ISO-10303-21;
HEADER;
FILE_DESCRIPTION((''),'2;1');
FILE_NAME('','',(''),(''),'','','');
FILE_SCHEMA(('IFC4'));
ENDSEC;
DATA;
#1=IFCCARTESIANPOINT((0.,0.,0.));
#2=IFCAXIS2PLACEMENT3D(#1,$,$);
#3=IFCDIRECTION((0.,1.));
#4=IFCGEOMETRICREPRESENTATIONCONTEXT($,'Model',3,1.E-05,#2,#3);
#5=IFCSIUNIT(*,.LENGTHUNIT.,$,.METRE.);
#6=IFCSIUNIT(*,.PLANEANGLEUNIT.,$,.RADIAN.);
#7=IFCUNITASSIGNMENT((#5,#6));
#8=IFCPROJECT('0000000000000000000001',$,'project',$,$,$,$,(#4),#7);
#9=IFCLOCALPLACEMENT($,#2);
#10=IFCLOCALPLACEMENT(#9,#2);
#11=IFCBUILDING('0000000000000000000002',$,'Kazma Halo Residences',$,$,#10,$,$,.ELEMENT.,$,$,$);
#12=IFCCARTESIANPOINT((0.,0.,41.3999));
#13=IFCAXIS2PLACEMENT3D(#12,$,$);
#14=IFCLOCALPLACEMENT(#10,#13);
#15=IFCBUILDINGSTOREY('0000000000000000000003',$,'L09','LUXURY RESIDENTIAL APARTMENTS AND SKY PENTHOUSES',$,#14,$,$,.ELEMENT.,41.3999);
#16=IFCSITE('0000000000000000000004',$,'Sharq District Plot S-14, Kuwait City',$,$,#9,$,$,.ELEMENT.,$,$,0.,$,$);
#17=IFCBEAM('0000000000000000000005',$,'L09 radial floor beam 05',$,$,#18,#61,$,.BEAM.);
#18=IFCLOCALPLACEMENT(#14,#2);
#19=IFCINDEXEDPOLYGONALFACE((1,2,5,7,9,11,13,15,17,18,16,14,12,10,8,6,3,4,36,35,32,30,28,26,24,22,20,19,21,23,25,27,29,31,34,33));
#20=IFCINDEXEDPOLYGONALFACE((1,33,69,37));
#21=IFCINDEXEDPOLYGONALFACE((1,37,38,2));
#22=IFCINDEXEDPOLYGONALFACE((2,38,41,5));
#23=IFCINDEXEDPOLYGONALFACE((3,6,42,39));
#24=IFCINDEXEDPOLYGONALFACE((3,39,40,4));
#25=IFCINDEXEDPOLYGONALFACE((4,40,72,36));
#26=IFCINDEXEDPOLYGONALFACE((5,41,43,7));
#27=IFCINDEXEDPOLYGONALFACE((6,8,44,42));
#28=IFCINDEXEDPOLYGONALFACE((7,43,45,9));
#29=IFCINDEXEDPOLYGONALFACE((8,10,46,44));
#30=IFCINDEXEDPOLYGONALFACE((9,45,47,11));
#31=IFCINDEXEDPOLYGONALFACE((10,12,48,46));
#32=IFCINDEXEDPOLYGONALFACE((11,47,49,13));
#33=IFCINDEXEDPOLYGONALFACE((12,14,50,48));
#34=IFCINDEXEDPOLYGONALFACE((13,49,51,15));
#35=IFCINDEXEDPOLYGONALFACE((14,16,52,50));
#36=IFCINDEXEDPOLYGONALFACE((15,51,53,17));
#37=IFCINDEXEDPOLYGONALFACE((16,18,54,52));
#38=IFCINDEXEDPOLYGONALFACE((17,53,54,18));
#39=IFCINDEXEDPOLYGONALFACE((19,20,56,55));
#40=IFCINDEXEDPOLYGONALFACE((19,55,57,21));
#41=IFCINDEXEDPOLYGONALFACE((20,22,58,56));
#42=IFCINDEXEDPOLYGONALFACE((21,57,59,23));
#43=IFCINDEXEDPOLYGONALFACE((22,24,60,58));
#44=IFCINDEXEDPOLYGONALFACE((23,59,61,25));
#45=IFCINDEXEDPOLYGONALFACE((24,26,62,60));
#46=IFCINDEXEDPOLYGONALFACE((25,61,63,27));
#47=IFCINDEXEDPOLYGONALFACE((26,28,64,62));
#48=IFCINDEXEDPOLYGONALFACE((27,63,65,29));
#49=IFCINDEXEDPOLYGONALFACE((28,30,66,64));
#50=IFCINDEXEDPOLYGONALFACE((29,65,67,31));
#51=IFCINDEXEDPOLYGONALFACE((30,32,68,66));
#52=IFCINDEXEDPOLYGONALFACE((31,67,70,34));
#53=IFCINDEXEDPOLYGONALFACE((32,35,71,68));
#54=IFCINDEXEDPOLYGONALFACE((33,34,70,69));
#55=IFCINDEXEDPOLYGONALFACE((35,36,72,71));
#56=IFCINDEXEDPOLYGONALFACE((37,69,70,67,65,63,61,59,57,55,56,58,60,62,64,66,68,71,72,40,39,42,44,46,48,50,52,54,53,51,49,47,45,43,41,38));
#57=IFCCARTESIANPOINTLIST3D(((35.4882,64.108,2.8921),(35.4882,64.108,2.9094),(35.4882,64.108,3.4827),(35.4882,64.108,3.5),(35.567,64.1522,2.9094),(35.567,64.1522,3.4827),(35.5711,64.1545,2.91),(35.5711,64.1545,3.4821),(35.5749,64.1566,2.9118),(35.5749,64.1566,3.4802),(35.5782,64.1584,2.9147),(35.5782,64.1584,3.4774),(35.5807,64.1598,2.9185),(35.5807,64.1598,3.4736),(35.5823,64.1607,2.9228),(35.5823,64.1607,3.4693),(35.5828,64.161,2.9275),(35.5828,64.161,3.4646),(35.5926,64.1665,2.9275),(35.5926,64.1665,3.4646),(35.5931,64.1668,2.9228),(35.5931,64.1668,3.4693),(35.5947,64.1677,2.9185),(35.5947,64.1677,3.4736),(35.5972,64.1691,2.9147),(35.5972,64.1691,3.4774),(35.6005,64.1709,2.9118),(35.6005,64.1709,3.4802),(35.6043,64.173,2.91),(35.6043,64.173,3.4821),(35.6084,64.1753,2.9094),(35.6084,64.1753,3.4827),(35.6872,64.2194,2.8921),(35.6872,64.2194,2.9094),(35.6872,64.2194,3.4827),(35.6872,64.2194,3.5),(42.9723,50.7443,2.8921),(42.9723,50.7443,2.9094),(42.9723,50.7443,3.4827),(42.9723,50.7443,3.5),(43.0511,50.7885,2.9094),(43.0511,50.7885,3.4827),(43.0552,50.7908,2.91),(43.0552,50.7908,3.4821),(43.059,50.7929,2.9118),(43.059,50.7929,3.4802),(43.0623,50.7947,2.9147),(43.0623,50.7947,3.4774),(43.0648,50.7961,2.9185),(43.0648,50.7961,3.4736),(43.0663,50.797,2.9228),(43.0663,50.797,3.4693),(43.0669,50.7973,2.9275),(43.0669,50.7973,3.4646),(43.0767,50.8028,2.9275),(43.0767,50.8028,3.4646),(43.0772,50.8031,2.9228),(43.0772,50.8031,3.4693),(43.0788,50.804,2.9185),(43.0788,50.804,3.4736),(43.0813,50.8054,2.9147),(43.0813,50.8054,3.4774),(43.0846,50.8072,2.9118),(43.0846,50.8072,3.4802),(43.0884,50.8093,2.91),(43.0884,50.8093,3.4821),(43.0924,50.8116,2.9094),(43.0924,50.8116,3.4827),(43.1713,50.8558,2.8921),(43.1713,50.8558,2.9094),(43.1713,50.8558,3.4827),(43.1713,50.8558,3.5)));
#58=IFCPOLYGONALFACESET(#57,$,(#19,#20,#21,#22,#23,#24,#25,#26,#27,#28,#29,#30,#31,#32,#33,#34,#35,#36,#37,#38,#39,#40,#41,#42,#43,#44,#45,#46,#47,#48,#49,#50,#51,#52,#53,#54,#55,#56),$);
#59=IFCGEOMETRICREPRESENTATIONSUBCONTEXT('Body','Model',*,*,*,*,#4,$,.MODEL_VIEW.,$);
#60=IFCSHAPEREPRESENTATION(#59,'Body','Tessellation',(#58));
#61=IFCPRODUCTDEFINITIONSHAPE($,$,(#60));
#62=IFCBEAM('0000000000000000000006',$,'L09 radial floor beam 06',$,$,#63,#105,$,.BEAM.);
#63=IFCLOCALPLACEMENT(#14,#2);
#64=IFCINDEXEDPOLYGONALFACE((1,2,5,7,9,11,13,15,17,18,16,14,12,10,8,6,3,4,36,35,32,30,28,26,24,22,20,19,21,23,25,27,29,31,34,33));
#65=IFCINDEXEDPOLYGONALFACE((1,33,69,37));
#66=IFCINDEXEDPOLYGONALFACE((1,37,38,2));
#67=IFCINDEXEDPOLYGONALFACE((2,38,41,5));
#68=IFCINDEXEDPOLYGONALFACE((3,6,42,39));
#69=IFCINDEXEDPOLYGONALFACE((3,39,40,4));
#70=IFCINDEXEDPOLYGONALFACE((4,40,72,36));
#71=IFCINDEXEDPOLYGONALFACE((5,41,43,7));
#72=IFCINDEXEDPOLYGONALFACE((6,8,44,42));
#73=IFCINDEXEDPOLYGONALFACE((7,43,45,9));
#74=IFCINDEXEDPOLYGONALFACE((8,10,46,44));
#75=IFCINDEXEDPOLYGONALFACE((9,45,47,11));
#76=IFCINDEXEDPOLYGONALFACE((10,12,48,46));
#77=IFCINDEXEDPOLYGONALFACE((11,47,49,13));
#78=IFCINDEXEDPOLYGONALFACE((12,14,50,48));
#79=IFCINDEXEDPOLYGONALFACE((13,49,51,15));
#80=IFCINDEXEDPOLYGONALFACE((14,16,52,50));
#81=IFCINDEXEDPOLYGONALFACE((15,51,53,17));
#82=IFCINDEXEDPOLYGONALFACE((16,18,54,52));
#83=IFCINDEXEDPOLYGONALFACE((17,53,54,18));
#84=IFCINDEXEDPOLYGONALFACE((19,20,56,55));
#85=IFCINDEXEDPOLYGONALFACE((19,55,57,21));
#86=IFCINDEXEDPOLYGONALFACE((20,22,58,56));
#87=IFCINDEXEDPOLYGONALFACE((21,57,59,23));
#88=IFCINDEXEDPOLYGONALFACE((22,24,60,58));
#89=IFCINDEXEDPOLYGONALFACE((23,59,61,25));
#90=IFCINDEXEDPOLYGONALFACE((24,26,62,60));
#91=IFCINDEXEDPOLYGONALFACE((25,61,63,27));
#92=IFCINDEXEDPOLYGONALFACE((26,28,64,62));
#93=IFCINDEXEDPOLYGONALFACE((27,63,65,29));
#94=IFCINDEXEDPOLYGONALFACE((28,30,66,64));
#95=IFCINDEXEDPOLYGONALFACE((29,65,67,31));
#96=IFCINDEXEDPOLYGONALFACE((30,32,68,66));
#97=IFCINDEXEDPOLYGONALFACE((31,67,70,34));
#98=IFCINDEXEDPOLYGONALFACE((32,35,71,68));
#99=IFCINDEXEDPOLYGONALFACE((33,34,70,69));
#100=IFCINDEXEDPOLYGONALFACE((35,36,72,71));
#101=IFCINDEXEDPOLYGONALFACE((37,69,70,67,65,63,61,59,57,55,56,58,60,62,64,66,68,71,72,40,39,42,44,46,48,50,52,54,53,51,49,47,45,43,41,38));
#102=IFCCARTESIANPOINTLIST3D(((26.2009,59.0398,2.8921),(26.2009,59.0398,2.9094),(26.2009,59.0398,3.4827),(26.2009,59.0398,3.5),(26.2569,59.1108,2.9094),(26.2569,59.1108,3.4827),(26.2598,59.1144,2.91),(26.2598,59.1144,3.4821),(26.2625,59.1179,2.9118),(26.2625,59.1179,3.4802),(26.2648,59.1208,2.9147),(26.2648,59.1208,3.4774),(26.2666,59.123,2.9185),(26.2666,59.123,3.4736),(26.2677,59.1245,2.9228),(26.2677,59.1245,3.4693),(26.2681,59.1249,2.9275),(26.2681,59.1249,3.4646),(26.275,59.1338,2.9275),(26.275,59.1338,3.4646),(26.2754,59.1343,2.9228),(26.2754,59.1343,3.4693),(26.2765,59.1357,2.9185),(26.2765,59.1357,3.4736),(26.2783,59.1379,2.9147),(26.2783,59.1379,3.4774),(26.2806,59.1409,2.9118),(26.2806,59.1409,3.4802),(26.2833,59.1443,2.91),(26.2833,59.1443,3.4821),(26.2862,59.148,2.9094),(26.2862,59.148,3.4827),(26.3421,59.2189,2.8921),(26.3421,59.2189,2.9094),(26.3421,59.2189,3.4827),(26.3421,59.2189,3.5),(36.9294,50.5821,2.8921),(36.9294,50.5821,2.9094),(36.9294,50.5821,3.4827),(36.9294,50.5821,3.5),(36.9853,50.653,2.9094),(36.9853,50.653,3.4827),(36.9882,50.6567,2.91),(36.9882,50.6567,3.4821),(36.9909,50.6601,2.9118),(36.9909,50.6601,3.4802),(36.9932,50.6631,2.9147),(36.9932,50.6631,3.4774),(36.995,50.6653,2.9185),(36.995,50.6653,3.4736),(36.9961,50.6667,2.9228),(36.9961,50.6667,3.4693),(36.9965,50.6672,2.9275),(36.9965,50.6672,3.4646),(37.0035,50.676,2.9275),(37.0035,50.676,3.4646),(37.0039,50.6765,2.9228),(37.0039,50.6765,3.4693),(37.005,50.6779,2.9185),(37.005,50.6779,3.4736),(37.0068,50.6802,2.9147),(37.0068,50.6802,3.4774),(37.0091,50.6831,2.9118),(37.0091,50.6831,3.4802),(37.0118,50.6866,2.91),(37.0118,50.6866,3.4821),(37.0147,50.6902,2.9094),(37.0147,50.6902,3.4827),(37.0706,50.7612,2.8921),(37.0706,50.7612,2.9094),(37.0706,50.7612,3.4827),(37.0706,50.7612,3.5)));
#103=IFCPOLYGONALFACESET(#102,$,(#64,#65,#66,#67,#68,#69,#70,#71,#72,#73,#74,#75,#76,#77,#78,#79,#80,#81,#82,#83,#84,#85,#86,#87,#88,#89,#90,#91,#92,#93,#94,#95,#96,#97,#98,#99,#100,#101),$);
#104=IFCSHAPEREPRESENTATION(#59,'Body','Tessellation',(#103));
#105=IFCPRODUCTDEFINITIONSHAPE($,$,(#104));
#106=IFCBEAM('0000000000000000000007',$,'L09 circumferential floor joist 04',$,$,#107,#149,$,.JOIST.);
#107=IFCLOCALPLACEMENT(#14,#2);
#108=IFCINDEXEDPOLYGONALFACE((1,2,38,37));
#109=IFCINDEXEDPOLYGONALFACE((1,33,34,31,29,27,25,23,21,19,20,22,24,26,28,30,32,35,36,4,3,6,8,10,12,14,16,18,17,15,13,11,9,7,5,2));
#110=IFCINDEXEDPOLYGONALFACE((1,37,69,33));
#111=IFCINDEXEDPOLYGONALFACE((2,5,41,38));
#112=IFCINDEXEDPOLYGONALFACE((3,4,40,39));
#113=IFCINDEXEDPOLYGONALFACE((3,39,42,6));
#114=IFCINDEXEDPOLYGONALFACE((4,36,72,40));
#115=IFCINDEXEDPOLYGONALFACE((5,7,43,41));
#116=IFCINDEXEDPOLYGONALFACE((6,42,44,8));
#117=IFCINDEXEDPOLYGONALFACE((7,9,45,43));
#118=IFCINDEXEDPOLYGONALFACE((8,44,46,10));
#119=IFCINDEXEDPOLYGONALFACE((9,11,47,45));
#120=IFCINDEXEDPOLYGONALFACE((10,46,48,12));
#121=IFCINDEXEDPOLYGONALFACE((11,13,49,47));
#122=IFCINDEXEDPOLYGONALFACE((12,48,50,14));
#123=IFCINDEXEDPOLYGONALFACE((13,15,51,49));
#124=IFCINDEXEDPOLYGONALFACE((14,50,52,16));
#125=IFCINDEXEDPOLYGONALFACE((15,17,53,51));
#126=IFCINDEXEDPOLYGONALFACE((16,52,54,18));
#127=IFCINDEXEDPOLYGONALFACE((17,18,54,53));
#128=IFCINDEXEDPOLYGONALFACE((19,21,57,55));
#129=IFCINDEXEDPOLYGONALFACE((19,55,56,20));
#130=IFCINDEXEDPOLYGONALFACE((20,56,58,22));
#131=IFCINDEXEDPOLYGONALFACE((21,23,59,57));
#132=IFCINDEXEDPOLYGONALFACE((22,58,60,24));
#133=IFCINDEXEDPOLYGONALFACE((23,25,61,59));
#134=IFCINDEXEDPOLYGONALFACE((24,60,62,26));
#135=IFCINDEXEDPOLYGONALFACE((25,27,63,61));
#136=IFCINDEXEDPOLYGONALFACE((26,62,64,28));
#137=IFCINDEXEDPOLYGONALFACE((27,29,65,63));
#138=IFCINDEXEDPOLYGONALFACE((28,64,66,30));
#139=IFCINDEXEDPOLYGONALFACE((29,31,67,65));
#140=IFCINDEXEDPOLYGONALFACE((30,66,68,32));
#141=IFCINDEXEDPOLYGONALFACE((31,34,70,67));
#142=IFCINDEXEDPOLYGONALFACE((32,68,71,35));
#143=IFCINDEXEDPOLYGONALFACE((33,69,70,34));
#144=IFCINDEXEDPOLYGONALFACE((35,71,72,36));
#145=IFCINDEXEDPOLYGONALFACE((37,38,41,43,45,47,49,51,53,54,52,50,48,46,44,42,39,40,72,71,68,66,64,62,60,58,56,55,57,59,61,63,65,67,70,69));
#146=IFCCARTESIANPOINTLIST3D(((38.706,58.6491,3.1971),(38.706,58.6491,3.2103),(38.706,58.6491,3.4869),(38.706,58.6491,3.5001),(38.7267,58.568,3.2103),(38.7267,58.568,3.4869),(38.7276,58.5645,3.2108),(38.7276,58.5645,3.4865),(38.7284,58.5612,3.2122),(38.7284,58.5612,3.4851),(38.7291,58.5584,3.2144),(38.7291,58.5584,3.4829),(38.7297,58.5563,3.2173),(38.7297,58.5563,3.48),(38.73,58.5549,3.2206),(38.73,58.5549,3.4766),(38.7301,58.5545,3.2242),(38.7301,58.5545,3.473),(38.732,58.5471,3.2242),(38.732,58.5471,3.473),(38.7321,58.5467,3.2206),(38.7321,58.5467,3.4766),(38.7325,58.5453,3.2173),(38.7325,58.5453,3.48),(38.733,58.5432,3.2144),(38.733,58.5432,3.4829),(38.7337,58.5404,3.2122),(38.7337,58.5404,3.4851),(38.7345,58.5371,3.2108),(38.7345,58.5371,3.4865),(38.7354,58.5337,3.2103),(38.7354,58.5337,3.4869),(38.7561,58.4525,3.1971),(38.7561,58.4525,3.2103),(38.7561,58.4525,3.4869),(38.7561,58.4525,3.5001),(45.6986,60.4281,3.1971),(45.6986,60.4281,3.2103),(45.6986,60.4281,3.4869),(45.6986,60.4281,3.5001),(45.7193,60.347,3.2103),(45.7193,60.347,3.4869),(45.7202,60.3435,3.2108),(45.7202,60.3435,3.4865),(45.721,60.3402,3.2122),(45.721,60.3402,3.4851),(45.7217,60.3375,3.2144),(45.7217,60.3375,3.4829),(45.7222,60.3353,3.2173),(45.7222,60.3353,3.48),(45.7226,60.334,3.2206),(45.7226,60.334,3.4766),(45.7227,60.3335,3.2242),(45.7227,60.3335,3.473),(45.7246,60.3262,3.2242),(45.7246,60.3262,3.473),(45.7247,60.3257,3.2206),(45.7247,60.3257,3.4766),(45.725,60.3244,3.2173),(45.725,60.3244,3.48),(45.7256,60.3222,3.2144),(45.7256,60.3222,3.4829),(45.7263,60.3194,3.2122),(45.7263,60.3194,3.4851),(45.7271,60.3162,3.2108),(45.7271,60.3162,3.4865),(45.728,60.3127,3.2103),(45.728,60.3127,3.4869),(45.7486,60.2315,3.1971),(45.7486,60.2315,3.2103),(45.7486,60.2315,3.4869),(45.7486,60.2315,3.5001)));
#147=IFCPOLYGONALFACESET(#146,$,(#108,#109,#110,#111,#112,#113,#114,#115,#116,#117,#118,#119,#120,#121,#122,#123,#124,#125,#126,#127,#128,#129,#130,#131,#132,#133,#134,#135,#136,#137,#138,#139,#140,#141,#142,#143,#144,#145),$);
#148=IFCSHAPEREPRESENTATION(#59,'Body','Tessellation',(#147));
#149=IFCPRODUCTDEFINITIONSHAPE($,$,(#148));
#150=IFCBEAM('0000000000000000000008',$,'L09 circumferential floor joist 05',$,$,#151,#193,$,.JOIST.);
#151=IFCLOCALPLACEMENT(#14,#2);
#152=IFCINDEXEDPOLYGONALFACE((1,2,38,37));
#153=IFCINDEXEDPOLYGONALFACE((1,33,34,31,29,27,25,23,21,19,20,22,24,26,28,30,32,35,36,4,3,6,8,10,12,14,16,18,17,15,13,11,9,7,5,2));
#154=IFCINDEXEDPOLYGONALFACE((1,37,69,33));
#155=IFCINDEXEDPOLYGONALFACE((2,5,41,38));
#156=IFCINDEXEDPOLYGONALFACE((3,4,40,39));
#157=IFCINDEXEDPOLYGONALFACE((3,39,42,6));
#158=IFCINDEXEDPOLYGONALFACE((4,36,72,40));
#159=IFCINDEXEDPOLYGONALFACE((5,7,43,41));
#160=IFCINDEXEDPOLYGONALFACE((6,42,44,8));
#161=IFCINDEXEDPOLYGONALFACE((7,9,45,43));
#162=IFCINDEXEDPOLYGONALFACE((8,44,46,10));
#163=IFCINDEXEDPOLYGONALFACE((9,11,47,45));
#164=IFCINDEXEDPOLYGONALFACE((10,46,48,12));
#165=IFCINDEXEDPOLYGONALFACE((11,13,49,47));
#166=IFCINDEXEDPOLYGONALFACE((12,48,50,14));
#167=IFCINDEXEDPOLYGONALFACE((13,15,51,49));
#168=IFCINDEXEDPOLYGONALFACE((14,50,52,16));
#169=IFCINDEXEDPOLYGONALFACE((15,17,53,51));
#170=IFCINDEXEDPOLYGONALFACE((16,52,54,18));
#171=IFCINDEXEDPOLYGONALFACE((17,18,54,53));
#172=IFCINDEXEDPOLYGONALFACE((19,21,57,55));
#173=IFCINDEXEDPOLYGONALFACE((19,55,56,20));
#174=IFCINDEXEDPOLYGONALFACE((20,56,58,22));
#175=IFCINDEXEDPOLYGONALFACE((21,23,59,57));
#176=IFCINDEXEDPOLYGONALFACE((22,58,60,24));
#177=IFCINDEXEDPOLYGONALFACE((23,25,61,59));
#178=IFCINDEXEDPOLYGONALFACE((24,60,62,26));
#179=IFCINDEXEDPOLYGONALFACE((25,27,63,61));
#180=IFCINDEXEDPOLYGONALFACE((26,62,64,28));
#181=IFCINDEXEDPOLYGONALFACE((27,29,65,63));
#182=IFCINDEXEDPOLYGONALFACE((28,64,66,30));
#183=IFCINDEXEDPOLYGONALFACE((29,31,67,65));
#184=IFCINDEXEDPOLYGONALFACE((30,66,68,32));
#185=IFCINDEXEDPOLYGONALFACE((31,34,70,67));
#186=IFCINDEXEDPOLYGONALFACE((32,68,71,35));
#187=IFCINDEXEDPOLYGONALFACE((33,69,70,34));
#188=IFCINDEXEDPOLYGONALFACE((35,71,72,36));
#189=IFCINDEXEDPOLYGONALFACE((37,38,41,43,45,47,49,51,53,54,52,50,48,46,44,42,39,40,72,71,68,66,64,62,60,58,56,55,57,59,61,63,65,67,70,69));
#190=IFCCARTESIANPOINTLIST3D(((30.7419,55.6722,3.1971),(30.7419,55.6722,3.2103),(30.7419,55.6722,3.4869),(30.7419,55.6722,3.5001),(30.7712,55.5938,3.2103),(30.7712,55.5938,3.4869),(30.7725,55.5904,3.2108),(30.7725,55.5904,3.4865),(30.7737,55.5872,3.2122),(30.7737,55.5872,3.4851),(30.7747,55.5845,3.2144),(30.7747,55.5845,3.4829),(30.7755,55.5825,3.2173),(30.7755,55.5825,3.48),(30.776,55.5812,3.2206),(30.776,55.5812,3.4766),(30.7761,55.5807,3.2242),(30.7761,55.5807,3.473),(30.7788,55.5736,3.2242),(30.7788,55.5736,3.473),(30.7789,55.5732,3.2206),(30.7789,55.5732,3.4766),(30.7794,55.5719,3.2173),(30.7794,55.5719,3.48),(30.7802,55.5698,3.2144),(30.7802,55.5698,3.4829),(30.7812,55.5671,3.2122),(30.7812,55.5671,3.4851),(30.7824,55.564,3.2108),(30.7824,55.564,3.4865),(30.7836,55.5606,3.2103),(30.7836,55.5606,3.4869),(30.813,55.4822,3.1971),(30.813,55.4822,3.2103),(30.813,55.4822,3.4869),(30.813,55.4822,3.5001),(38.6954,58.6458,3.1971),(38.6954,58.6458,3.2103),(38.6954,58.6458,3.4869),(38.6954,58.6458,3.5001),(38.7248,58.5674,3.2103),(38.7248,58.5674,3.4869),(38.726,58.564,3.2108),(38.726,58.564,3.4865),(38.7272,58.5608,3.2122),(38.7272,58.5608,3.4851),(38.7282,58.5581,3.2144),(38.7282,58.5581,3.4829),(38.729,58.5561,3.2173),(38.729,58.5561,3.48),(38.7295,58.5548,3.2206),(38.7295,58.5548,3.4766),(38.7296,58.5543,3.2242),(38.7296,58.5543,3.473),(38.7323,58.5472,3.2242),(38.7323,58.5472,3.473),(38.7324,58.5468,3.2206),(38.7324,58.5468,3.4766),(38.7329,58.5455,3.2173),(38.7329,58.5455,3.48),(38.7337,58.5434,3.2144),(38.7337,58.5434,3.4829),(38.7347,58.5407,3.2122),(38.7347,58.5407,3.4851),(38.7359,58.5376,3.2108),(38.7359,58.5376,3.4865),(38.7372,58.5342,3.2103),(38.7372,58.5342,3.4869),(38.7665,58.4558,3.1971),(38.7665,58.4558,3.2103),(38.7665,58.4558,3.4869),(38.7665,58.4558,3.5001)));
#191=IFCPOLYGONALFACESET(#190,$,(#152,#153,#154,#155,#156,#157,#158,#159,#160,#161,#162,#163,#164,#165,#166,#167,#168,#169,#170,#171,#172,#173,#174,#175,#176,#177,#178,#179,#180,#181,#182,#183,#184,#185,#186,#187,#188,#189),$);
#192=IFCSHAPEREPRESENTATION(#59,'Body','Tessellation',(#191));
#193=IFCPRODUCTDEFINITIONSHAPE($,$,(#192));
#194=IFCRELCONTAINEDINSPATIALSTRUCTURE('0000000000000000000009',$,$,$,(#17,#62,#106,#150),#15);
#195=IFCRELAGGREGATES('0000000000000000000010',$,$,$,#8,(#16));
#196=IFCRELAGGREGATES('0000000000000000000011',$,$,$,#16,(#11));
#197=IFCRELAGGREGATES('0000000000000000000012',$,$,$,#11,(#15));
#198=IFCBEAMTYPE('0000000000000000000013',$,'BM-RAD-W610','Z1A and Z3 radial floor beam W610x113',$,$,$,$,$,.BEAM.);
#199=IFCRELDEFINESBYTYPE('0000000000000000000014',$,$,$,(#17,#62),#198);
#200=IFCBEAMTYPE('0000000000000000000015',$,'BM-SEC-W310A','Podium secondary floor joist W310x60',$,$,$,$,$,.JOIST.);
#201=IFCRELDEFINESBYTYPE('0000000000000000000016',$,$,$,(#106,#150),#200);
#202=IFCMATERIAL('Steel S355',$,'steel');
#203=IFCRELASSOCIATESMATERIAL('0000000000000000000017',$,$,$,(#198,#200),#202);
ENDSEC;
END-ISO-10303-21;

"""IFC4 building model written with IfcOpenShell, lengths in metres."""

from ifc_helpers import new_model, si_unit, direction, frame, origin, origin_2d, place, context, subcontext, project, spatial, i_section, extrude, material, material_profile, profile_set, type_object, element, save


model = new_model("IFC4")

# Units and contexts
model_context = context("Model", 3, precision=1e-05, world=origin(), true_north=direction((0.0, 1.0)))
body_context = subcontext(model_context, "Body", "Model", "MODEL_VIEW")
ifc_project = project(units=[si_unit("LENGTHUNIT", "METRE"), si_unit("PLANEANGLEUNIT", "RADIAN")], contexts=[model_context])

# Site, building, storey
site_placement = place(None, origin())
site = spatial("IfcSite", under=ifc_project, at=site_placement, Name="Sharq District Plot S-14, Kuwait City", CompositionType="ELEMENT", RefElevation=0.0)
building_placement = place(site_placement, origin())
building = spatial("IfcBuilding", under=site, at=building_placement, Name="Kazma Halo Residences", CompositionType="ELEMENT")
storey_placement = place(building_placement, frame((0.0, 0.0, 41.3999)))
storey = spatial("IfcBuildingStorey", under=building, at=storey_placement, Name="L09", Description="LUXURY RESIDENTIAL APARTMENTS AND SKY PENTHOUSES", CompositionType="ELEMENT", Elevation=41.3999)

# Beams
ifc_material_1 = material(Name="Steel S355", Category="steel")
ifc_material_profile_1 = material_profile(ifc_material_1, i_section(OverallWidth=0.228, OverallDepth=0.6079, WebThickness=0.0112, FlangeThickness=0.0173, FilletRadius=0.0181, at=origin_2d()), Name="W610x113")
ifc_profile_set_1 = profile_set([ifc_material_profile_1], Name="Steel S355")
beam_type_1 = type_object("IfcBeamType", Name="BM-RAD-W610", Description="Z1A and Z3 radial floor beam W610x113", PredefinedType="BEAM", material=ifc_profile_set_1)
beam_1_placement = place(storey_placement, frame((43.0718, 50.8, 3.196), z_axis=(-0.488624, 0.872494, 0.0), x_axis=(-0.872494, -0.488624, 0.0)))
element("IfcBeam", 1, at=beam_1_placement, inside=storey, type_object=beam_type_1, Name="L09 radial floor beam 05", PredefinedType="BEAM", context=body_context, shape_type="SweptSolid", body=[
    extrude(i_section(OverallWidth=0.228, OverallDepth=0.6079, WebThickness=0.0112, FlangeThickness=0.0173, FilletRadius=0.0181, at=origin_2d()), origin(), (0.0, 0.0, 1.0), 15.3167),
])
beam_2_placement = place(storey_placement, frame((37.0, 50.6716, 3.196), z_axis=(-0.785314, 0.619098, 0.0), x_axis=(-0.619098, -0.785314, 0.0)))
element("IfcBeam", 2, at=beam_2_placement, inside=storey, type_object=beam_type_1, Name="L09 radial floor beam 06", PredefinedType="BEAM", context=body_context, shape_type="SweptSolid", body=[
    extrude(i_section(OverallWidth=0.228, OverallDepth=0.6079, WebThickness=0.0112, FlangeThickness=0.0173, FilletRadius=0.0181, at=origin_2d()), origin(), (0.0, 0.0, 1.0), 13.6614),
])
ifc_material_profile_2 = material_profile(ifc_material_1, i_section(OverallWidth=0.2029, OverallDepth=0.303, WebThickness=0.0076, FlangeThickness=0.0132, FilletRadius=0.0139, at=origin_2d()), Name="W310x60")
ifc_profile_set_2 = profile_set([ifc_material_profile_2], Name="Steel S355")
beam_type_2 = type_object("IfcBeamType", Name="BM-SEC-W310A", Description="Podium secondary floor joist W310x60", PredefinedType="JOIST", material=ifc_profile_set_2)
beam_3_placement = place(storey_placement, frame((45.7236, 60.3298, 3.3486), z_axis=(-0.969127, -0.246562, 0.0), x_axis=(0.246562, -0.969127, 0.0)))
element("IfcBeam", 3, at=beam_3_placement, inside=storey, type_object=beam_type_2, Name="L09 circumferential floor joist 04", PredefinedType="JOIST", context=body_context, shape_type="SweptSolid", body=[
    extrude(i_section(OverallWidth=0.2029, OverallDepth=0.303, WebThickness=0.0076, FlangeThickness=0.0132, FilletRadius=0.0139, at=origin_2d()), origin(), (0.0, 0.0, 1.0), 7.2153),
])
beam_4_placement = place(storey_placement, frame((38.731, 58.5508, 3.3486), z_axis=(-0.936676, -0.350197, 0.0), x_axis=(0.350197, -0.936676, 0.0)))
element("IfcBeam", 4, at=beam_4_placement, inside=storey, type_object=beam_type_2, Name="L09 circumferential floor joist 05", PredefinedType="JOIST", context=body_context, shape_type="SweptSolid", body=[
    extrude(i_section(OverallWidth=0.2029, OverallDepth=0.303, WebThickness=0.0076, FlangeThickness=0.0132, FilletRadius=0.0139, at=origin_2d()), origin(), (0.0, 0.0, 1.0), 8.4912),
])

save(model, "model.ifc")
